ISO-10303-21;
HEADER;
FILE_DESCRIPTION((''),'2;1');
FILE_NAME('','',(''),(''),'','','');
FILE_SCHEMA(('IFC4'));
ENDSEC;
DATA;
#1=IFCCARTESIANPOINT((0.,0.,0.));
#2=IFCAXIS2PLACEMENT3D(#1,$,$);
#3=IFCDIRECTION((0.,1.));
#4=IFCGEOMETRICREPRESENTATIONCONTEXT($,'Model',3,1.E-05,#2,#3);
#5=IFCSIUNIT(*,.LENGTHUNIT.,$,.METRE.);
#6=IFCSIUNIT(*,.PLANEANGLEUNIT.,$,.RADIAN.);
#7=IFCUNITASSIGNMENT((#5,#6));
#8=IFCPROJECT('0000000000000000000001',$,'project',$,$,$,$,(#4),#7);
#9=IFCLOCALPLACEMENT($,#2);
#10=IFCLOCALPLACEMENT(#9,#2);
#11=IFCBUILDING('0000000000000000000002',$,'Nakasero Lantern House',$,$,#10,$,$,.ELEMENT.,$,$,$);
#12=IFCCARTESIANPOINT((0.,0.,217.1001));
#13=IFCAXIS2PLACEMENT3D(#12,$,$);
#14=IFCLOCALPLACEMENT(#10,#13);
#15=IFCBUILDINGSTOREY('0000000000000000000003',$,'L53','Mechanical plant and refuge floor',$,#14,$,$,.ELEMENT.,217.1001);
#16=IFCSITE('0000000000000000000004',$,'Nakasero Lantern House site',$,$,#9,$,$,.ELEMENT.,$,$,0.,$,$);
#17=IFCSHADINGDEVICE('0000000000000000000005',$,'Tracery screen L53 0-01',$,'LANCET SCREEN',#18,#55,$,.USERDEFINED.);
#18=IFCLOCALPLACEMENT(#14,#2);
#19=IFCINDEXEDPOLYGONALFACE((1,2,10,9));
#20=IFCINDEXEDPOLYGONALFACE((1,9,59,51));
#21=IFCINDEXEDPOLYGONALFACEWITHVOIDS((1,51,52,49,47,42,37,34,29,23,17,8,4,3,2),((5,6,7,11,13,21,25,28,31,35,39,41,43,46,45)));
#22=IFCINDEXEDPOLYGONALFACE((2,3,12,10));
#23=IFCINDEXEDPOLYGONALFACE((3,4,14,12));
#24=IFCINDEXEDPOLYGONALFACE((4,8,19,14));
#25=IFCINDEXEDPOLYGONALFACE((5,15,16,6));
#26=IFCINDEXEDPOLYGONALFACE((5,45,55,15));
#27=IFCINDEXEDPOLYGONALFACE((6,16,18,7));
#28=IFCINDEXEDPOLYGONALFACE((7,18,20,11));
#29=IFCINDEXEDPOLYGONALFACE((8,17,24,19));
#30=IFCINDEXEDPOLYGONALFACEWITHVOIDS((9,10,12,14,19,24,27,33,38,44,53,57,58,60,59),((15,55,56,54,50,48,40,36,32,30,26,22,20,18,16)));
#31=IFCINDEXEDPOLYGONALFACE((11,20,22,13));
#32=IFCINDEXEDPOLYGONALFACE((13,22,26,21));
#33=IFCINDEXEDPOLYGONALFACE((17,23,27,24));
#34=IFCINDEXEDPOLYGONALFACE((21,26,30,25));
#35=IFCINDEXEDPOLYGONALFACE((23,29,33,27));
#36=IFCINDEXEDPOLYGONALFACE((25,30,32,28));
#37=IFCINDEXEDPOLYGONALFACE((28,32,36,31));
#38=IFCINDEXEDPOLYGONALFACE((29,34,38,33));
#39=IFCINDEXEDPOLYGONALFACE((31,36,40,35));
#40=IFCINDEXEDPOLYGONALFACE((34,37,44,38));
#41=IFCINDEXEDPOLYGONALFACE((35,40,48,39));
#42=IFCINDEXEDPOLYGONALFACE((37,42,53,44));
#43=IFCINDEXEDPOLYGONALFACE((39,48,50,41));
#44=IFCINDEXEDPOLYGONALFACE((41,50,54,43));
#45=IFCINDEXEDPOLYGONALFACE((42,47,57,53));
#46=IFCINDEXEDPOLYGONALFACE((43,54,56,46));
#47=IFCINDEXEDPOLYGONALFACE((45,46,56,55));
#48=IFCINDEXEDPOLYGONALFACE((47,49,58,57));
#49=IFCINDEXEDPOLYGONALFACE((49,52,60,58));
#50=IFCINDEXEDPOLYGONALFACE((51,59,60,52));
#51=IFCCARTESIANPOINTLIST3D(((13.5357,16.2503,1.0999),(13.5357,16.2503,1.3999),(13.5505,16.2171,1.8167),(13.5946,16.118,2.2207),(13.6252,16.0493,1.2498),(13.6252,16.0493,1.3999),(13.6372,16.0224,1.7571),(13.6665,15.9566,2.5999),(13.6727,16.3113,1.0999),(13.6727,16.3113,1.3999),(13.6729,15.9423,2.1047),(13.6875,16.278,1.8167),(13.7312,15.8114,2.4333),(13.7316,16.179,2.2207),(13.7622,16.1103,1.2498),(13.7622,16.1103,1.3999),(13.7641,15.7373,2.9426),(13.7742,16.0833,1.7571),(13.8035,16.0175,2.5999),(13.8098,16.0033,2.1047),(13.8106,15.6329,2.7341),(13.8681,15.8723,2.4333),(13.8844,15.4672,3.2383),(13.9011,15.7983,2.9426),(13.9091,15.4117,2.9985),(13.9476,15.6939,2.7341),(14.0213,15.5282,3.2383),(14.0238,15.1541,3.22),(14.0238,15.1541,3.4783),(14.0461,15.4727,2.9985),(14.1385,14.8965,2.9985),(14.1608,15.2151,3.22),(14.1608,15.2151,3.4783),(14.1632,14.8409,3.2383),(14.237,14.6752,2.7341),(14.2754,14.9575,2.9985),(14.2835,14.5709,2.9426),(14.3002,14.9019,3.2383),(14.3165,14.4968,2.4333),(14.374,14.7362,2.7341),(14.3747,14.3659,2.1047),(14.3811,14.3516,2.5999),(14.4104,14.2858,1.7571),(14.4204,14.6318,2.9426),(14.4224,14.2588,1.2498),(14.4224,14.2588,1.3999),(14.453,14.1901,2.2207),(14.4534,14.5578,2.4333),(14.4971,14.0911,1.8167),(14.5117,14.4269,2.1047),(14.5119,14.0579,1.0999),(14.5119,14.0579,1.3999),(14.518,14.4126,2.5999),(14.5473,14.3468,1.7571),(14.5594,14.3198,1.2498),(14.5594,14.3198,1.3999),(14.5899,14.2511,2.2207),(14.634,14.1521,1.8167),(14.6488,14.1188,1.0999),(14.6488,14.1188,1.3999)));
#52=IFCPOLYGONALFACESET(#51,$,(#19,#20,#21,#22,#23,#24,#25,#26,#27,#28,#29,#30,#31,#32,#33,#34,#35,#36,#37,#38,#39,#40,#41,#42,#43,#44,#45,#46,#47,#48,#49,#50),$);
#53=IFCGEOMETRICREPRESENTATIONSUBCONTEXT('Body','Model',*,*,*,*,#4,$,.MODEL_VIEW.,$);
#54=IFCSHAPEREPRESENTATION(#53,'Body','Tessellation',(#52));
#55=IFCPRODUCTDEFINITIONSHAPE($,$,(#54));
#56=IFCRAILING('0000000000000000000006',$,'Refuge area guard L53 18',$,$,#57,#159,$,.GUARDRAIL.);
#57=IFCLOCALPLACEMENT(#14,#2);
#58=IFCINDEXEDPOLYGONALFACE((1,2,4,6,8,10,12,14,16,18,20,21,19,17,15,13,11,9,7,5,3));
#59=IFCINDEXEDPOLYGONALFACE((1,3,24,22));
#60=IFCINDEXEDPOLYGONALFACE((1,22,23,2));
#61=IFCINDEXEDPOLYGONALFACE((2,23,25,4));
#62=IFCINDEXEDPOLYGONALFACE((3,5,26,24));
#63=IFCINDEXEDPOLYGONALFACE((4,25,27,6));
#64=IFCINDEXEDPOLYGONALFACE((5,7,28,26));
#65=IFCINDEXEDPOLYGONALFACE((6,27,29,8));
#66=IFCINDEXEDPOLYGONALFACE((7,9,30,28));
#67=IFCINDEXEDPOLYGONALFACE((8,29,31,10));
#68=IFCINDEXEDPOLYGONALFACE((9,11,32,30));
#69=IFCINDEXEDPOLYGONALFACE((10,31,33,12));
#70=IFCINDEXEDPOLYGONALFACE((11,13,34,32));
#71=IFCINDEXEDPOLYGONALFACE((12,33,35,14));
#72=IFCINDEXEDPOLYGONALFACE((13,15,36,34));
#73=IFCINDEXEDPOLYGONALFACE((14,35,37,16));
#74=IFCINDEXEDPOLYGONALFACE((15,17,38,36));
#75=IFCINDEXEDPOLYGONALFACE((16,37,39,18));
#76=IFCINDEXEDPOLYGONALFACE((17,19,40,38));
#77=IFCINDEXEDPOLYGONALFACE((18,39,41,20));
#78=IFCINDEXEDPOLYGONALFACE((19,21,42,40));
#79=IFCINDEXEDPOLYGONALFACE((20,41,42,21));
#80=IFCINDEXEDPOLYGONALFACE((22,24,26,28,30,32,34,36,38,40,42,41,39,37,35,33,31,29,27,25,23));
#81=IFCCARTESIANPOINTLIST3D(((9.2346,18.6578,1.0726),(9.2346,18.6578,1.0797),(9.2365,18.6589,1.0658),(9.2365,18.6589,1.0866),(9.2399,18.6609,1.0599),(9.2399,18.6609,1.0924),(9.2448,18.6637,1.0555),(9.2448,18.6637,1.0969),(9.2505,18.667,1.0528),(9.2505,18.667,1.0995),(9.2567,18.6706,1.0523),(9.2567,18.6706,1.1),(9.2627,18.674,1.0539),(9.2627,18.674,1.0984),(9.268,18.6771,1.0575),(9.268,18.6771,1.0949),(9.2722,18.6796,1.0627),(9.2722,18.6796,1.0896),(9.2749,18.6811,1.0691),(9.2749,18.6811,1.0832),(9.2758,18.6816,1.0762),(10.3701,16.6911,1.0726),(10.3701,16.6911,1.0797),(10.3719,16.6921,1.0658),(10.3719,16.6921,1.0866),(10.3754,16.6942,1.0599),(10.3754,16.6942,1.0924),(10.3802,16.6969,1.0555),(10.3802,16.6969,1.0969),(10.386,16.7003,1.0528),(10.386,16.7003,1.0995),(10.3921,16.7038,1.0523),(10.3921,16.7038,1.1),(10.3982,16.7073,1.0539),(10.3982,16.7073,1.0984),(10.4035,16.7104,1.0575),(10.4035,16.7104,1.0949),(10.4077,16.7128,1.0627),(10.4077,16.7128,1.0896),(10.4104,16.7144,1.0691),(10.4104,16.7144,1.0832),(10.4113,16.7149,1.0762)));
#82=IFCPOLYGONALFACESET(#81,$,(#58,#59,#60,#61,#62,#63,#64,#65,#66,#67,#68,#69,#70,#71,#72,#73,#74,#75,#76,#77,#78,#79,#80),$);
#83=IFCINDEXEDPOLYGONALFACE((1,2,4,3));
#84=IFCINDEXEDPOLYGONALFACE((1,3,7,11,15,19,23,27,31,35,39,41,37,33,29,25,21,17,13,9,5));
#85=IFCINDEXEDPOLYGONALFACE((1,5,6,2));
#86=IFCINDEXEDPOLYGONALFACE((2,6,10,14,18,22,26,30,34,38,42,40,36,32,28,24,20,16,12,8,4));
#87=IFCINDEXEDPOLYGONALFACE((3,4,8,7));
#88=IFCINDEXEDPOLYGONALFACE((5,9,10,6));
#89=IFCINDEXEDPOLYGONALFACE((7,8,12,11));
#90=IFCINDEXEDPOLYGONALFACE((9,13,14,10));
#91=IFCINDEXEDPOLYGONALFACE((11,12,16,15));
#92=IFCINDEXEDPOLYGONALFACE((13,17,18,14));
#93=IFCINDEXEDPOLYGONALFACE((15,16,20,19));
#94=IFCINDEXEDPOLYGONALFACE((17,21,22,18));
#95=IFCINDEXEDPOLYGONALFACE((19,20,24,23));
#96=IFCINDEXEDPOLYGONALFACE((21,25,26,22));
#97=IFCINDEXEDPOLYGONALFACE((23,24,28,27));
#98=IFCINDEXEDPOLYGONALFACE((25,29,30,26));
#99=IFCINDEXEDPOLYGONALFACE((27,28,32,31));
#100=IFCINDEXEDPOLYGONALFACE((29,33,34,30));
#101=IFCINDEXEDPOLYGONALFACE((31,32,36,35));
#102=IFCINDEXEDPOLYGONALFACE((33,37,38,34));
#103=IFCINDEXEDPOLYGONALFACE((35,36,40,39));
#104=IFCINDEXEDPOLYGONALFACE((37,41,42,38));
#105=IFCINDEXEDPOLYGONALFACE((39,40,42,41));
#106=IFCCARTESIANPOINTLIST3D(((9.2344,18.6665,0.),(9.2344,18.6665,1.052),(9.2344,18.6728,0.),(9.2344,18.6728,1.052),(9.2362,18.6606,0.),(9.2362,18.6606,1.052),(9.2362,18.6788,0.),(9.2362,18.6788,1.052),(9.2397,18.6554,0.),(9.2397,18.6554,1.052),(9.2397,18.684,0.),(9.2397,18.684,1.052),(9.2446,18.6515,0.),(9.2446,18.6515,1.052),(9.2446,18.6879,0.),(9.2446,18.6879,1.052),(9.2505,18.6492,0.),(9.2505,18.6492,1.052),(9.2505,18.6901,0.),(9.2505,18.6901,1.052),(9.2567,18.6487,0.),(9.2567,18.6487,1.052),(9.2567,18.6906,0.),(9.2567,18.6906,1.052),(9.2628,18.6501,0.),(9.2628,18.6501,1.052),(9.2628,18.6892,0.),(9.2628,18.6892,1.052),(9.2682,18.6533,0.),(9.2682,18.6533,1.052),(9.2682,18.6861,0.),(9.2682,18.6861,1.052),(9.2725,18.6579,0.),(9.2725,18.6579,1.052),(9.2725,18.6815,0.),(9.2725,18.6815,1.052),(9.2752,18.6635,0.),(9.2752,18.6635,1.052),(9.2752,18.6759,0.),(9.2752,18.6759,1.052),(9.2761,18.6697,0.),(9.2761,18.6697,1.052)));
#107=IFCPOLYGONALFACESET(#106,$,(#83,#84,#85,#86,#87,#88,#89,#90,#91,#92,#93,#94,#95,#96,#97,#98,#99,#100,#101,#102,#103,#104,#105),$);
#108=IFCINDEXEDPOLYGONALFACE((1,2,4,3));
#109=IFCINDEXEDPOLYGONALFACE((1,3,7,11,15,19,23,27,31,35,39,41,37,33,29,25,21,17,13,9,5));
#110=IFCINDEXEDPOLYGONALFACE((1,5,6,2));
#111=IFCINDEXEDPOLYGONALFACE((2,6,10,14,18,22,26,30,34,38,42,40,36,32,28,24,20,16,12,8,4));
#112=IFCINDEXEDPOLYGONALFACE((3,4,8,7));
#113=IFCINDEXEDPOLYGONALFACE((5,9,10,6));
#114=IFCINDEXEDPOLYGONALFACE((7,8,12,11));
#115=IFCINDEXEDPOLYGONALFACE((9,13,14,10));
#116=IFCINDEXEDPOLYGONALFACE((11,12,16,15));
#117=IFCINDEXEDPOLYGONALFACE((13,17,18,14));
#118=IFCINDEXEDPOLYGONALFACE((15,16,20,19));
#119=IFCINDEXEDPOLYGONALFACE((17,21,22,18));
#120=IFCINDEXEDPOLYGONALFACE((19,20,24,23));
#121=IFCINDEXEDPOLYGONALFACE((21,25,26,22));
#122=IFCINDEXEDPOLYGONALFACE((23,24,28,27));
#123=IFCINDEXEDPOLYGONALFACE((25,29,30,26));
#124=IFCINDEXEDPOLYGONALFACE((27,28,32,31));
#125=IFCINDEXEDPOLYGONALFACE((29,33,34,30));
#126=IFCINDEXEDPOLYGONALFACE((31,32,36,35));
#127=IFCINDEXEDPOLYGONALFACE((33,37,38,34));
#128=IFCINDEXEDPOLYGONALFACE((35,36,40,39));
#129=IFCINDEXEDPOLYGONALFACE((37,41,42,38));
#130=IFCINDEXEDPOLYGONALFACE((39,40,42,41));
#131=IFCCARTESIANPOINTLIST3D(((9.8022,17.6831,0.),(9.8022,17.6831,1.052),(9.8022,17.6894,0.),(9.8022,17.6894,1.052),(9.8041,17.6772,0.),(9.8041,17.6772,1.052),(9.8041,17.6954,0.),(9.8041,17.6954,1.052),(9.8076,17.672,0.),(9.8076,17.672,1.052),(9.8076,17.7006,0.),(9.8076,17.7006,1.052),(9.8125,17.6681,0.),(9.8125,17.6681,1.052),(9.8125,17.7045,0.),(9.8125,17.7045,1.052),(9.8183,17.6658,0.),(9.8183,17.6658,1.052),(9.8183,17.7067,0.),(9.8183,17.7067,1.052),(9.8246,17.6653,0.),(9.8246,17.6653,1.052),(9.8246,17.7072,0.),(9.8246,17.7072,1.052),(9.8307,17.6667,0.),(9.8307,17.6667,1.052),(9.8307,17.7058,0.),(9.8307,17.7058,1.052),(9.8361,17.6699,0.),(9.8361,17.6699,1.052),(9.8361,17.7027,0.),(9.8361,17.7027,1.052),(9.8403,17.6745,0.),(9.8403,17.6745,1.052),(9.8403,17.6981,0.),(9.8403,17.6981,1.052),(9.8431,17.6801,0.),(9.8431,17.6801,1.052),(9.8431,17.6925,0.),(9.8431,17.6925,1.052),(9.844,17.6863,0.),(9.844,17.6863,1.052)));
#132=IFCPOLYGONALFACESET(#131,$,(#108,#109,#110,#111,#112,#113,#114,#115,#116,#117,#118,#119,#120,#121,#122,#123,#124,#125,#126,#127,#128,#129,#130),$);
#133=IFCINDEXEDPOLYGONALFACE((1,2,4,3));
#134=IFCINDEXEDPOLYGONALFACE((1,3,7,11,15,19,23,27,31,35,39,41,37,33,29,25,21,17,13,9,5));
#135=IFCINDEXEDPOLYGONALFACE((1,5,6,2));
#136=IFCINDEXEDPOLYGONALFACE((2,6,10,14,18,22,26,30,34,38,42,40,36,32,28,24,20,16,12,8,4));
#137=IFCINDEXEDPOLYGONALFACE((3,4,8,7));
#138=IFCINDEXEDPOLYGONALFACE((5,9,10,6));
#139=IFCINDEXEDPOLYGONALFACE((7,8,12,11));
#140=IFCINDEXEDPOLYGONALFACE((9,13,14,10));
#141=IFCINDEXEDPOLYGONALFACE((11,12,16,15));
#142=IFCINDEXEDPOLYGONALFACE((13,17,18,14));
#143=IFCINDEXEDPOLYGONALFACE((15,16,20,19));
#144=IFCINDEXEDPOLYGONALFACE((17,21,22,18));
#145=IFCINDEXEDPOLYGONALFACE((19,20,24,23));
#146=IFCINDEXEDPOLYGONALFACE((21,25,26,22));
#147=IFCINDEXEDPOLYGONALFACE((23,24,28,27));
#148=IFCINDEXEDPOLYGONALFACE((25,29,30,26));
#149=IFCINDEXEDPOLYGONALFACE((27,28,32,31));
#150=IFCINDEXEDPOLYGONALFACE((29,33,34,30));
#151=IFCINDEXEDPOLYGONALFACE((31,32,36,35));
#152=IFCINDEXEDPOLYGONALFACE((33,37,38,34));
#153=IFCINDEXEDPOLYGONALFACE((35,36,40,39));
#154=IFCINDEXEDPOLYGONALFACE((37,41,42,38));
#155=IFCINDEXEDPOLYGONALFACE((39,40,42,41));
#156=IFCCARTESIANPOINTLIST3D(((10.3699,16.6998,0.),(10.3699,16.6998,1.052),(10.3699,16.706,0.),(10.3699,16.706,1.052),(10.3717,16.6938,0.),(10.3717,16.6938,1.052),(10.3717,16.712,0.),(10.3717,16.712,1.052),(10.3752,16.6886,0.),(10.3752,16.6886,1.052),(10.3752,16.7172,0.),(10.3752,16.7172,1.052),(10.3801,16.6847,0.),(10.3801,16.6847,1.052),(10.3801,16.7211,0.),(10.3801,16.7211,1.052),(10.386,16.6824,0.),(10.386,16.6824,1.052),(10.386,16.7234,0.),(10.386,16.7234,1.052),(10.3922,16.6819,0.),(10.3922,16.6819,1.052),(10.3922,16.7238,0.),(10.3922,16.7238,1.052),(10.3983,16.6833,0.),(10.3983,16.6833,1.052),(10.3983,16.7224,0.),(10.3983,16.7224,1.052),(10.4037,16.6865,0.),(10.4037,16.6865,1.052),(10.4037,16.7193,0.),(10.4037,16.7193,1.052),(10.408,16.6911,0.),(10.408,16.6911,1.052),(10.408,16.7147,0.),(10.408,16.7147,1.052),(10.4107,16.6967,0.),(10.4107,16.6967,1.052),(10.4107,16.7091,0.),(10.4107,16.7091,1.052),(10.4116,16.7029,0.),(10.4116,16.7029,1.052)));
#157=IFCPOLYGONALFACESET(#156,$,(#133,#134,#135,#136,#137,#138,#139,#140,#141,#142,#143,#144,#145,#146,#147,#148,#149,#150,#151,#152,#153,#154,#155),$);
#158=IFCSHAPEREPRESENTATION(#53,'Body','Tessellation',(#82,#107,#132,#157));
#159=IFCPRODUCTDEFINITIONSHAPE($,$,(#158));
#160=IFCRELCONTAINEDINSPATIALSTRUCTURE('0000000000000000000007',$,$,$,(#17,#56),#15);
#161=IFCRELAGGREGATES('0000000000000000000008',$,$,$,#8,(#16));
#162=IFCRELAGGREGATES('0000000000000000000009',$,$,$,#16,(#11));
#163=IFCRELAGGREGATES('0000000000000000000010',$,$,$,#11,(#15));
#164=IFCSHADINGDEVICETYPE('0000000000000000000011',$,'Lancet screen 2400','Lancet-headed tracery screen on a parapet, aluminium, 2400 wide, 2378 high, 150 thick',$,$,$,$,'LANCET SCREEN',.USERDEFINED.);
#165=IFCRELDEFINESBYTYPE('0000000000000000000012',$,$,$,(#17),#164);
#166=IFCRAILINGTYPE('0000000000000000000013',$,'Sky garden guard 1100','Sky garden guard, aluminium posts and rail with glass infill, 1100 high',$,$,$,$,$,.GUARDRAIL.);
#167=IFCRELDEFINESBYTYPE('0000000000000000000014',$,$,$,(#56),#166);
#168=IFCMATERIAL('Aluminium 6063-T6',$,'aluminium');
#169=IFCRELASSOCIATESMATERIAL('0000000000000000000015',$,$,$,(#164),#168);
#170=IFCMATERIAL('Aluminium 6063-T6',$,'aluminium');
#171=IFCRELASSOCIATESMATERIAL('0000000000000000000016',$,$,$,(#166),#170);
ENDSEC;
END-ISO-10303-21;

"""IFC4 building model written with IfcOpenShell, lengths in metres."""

from ifc_helpers import new_model, si_unit, direction, frame, origin, origin_2d, place, context, subcontext, project, spatial, polyline, circle, outline, extrude, material, type_object, element, save


model = new_model("IFC4")

# Units and contexts
model_context = context("Model", 3, precision=1e-05, world=origin(), true_north=direction((0.0, 1.0)))
body_context = subcontext(model_context, "Body", "Model", "MODEL_VIEW")
ifc_project = project(units=[si_unit("LENGTHUNIT", "METRE"), si_unit("PLANEANGLEUNIT", "RADIAN")], contexts=[model_context])

# Site, building, storey
site_placement = place(None, origin())
site = spatial("IfcSite", under=ifc_project, at=site_placement, Name="Nakasero Lantern House site", CompositionType="ELEMENT", RefElevation=0.0)
building_placement = place(site_placement, origin())
building = spatial("IfcBuilding", under=site, at=building_placement, Name="Nakasero Lantern House", CompositionType="ELEMENT")
storey_placement = place(building_placement, frame((0.0, 0.0, 217.1001)))
storey = spatial("IfcBuildingStorey", under=building, at=storey_placement, Name="L53", Description="Mechanical plant and refuge floor", CompositionType="ELEMENT", Elevation=217.1001)

# Shading device
ifc_material_1 = material(Name="Aluminium 6063-T6", Category="aluminium")
shading_device_type = type_object("IfcShadingDeviceType", Name="Lancet screen 2400", Description="Lancet-headed tracery screen on a parapet, aluminium, 2400 wide, 2378 high, 150 thick", ElementType="LANCET SCREEN", PredefinedType="USERDEFINED", material=ifc_material_1)
shading_device_placement = place(storey_placement, frame((14.0923, 15.1846, 1.0999), z_axis=(0.0, 0.0, 1.0), x_axis=(-0.406737, 0.913545, 0.0)))
element("IfcShadingDevice", 1, at=shading_device_placement, inside=storey, type_object=shading_device_type, Name="Tracery screen L53 0-01", ObjectType="LANCET SCREEN", PredefinedType="USERDEFINED", context=body_context, shape_type="SweptSolid", body=[
    extrude(outline(polyline([(-1.2, 0.0), (1.2, 0.0), (1.2, 0.3), (1.1636, 0.7168), (1.0552, 1.1208), (0.8784, 1.5), (0.6384, 1.8428), (0.3428, 2.1384), (0.0, 2.3784), (-0.3428, 2.1384), (-0.6384, 1.8428), (-0.8784, 1.5), (-1.0552, 1.1208), (-1.1636, 0.7168), (-1.2, 0.3), (-1.2, 0.0)]), holes=[polyline([(-0.98, 0.1499), (0.98, 0.1499), (0.98, 0.3), (0.9504, 0.6572), (0.8628, 1.0049), (0.7195, 1.3335), (0.5242, 1.6343), (0.282, 1.8987), (0.0, 2.1201), (-0.282, 1.8987), (-0.5242, 1.6343), (-0.7195, 1.3335), (-0.8628, 1.0049), (-0.9504, 0.6572), (-0.98, 0.3), (-0.98, 0.1499)])]), frame((0.0, 0.075, 0.0), z_axis=(0.0, -1.0, 0.0), x_axis=(1.0, 0.0, 0.0)), (0.0, 0.0, 1.0), 0.1499),
])

# Railing
ifc_material_2 = material(Name="Aluminium 6063-T6", Category="aluminium")
railing_type = type_object("IfcRailingType", Name="Sky garden guard 1100", Description="Sky garden guard, aluminium posts and rail with glass infill, 1100 high", PredefinedType="GUARDRAIL", material=ifc_material_2)
railing_1_placement = place(storey_placement, frame((9.2551, 18.6697, 0.0)))
element("IfcRailing", 2, at=railing_1_placement, inside=storey, type_object=railing_type, Name="Refuge area guard L53 18", PredefinedType="GUARDRAIL", context=body_context, shape_type="SweptSolid", body=[
    extrude(circle(Radius=0.0239, at=origin_2d()), frame((0.0, 0.0, 1.0762), z_axis=(0.499989, -0.866032, 0.0), x_axis=(0.866032, 0.499989, 0.0)), (0.0, 0.0, 1.0), 2.271),
    extrude(circle(Radius=0.021, at=origin_2d()), origin(), (0.0, 0.0, 1.0), 1.052),
    extrude(circle(Radius=0.021, at=origin_2d()), frame((0.5679, -0.9834, 0.0)), (0.0, 0.0, 1.0), 1.052),
    extrude(circle(Radius=0.021, at=origin_2d()), frame((1.1355, -1.9668, 0.0)), (0.0, 0.0, 1.0), 1.052),
])

save(model, "model.ifc")
